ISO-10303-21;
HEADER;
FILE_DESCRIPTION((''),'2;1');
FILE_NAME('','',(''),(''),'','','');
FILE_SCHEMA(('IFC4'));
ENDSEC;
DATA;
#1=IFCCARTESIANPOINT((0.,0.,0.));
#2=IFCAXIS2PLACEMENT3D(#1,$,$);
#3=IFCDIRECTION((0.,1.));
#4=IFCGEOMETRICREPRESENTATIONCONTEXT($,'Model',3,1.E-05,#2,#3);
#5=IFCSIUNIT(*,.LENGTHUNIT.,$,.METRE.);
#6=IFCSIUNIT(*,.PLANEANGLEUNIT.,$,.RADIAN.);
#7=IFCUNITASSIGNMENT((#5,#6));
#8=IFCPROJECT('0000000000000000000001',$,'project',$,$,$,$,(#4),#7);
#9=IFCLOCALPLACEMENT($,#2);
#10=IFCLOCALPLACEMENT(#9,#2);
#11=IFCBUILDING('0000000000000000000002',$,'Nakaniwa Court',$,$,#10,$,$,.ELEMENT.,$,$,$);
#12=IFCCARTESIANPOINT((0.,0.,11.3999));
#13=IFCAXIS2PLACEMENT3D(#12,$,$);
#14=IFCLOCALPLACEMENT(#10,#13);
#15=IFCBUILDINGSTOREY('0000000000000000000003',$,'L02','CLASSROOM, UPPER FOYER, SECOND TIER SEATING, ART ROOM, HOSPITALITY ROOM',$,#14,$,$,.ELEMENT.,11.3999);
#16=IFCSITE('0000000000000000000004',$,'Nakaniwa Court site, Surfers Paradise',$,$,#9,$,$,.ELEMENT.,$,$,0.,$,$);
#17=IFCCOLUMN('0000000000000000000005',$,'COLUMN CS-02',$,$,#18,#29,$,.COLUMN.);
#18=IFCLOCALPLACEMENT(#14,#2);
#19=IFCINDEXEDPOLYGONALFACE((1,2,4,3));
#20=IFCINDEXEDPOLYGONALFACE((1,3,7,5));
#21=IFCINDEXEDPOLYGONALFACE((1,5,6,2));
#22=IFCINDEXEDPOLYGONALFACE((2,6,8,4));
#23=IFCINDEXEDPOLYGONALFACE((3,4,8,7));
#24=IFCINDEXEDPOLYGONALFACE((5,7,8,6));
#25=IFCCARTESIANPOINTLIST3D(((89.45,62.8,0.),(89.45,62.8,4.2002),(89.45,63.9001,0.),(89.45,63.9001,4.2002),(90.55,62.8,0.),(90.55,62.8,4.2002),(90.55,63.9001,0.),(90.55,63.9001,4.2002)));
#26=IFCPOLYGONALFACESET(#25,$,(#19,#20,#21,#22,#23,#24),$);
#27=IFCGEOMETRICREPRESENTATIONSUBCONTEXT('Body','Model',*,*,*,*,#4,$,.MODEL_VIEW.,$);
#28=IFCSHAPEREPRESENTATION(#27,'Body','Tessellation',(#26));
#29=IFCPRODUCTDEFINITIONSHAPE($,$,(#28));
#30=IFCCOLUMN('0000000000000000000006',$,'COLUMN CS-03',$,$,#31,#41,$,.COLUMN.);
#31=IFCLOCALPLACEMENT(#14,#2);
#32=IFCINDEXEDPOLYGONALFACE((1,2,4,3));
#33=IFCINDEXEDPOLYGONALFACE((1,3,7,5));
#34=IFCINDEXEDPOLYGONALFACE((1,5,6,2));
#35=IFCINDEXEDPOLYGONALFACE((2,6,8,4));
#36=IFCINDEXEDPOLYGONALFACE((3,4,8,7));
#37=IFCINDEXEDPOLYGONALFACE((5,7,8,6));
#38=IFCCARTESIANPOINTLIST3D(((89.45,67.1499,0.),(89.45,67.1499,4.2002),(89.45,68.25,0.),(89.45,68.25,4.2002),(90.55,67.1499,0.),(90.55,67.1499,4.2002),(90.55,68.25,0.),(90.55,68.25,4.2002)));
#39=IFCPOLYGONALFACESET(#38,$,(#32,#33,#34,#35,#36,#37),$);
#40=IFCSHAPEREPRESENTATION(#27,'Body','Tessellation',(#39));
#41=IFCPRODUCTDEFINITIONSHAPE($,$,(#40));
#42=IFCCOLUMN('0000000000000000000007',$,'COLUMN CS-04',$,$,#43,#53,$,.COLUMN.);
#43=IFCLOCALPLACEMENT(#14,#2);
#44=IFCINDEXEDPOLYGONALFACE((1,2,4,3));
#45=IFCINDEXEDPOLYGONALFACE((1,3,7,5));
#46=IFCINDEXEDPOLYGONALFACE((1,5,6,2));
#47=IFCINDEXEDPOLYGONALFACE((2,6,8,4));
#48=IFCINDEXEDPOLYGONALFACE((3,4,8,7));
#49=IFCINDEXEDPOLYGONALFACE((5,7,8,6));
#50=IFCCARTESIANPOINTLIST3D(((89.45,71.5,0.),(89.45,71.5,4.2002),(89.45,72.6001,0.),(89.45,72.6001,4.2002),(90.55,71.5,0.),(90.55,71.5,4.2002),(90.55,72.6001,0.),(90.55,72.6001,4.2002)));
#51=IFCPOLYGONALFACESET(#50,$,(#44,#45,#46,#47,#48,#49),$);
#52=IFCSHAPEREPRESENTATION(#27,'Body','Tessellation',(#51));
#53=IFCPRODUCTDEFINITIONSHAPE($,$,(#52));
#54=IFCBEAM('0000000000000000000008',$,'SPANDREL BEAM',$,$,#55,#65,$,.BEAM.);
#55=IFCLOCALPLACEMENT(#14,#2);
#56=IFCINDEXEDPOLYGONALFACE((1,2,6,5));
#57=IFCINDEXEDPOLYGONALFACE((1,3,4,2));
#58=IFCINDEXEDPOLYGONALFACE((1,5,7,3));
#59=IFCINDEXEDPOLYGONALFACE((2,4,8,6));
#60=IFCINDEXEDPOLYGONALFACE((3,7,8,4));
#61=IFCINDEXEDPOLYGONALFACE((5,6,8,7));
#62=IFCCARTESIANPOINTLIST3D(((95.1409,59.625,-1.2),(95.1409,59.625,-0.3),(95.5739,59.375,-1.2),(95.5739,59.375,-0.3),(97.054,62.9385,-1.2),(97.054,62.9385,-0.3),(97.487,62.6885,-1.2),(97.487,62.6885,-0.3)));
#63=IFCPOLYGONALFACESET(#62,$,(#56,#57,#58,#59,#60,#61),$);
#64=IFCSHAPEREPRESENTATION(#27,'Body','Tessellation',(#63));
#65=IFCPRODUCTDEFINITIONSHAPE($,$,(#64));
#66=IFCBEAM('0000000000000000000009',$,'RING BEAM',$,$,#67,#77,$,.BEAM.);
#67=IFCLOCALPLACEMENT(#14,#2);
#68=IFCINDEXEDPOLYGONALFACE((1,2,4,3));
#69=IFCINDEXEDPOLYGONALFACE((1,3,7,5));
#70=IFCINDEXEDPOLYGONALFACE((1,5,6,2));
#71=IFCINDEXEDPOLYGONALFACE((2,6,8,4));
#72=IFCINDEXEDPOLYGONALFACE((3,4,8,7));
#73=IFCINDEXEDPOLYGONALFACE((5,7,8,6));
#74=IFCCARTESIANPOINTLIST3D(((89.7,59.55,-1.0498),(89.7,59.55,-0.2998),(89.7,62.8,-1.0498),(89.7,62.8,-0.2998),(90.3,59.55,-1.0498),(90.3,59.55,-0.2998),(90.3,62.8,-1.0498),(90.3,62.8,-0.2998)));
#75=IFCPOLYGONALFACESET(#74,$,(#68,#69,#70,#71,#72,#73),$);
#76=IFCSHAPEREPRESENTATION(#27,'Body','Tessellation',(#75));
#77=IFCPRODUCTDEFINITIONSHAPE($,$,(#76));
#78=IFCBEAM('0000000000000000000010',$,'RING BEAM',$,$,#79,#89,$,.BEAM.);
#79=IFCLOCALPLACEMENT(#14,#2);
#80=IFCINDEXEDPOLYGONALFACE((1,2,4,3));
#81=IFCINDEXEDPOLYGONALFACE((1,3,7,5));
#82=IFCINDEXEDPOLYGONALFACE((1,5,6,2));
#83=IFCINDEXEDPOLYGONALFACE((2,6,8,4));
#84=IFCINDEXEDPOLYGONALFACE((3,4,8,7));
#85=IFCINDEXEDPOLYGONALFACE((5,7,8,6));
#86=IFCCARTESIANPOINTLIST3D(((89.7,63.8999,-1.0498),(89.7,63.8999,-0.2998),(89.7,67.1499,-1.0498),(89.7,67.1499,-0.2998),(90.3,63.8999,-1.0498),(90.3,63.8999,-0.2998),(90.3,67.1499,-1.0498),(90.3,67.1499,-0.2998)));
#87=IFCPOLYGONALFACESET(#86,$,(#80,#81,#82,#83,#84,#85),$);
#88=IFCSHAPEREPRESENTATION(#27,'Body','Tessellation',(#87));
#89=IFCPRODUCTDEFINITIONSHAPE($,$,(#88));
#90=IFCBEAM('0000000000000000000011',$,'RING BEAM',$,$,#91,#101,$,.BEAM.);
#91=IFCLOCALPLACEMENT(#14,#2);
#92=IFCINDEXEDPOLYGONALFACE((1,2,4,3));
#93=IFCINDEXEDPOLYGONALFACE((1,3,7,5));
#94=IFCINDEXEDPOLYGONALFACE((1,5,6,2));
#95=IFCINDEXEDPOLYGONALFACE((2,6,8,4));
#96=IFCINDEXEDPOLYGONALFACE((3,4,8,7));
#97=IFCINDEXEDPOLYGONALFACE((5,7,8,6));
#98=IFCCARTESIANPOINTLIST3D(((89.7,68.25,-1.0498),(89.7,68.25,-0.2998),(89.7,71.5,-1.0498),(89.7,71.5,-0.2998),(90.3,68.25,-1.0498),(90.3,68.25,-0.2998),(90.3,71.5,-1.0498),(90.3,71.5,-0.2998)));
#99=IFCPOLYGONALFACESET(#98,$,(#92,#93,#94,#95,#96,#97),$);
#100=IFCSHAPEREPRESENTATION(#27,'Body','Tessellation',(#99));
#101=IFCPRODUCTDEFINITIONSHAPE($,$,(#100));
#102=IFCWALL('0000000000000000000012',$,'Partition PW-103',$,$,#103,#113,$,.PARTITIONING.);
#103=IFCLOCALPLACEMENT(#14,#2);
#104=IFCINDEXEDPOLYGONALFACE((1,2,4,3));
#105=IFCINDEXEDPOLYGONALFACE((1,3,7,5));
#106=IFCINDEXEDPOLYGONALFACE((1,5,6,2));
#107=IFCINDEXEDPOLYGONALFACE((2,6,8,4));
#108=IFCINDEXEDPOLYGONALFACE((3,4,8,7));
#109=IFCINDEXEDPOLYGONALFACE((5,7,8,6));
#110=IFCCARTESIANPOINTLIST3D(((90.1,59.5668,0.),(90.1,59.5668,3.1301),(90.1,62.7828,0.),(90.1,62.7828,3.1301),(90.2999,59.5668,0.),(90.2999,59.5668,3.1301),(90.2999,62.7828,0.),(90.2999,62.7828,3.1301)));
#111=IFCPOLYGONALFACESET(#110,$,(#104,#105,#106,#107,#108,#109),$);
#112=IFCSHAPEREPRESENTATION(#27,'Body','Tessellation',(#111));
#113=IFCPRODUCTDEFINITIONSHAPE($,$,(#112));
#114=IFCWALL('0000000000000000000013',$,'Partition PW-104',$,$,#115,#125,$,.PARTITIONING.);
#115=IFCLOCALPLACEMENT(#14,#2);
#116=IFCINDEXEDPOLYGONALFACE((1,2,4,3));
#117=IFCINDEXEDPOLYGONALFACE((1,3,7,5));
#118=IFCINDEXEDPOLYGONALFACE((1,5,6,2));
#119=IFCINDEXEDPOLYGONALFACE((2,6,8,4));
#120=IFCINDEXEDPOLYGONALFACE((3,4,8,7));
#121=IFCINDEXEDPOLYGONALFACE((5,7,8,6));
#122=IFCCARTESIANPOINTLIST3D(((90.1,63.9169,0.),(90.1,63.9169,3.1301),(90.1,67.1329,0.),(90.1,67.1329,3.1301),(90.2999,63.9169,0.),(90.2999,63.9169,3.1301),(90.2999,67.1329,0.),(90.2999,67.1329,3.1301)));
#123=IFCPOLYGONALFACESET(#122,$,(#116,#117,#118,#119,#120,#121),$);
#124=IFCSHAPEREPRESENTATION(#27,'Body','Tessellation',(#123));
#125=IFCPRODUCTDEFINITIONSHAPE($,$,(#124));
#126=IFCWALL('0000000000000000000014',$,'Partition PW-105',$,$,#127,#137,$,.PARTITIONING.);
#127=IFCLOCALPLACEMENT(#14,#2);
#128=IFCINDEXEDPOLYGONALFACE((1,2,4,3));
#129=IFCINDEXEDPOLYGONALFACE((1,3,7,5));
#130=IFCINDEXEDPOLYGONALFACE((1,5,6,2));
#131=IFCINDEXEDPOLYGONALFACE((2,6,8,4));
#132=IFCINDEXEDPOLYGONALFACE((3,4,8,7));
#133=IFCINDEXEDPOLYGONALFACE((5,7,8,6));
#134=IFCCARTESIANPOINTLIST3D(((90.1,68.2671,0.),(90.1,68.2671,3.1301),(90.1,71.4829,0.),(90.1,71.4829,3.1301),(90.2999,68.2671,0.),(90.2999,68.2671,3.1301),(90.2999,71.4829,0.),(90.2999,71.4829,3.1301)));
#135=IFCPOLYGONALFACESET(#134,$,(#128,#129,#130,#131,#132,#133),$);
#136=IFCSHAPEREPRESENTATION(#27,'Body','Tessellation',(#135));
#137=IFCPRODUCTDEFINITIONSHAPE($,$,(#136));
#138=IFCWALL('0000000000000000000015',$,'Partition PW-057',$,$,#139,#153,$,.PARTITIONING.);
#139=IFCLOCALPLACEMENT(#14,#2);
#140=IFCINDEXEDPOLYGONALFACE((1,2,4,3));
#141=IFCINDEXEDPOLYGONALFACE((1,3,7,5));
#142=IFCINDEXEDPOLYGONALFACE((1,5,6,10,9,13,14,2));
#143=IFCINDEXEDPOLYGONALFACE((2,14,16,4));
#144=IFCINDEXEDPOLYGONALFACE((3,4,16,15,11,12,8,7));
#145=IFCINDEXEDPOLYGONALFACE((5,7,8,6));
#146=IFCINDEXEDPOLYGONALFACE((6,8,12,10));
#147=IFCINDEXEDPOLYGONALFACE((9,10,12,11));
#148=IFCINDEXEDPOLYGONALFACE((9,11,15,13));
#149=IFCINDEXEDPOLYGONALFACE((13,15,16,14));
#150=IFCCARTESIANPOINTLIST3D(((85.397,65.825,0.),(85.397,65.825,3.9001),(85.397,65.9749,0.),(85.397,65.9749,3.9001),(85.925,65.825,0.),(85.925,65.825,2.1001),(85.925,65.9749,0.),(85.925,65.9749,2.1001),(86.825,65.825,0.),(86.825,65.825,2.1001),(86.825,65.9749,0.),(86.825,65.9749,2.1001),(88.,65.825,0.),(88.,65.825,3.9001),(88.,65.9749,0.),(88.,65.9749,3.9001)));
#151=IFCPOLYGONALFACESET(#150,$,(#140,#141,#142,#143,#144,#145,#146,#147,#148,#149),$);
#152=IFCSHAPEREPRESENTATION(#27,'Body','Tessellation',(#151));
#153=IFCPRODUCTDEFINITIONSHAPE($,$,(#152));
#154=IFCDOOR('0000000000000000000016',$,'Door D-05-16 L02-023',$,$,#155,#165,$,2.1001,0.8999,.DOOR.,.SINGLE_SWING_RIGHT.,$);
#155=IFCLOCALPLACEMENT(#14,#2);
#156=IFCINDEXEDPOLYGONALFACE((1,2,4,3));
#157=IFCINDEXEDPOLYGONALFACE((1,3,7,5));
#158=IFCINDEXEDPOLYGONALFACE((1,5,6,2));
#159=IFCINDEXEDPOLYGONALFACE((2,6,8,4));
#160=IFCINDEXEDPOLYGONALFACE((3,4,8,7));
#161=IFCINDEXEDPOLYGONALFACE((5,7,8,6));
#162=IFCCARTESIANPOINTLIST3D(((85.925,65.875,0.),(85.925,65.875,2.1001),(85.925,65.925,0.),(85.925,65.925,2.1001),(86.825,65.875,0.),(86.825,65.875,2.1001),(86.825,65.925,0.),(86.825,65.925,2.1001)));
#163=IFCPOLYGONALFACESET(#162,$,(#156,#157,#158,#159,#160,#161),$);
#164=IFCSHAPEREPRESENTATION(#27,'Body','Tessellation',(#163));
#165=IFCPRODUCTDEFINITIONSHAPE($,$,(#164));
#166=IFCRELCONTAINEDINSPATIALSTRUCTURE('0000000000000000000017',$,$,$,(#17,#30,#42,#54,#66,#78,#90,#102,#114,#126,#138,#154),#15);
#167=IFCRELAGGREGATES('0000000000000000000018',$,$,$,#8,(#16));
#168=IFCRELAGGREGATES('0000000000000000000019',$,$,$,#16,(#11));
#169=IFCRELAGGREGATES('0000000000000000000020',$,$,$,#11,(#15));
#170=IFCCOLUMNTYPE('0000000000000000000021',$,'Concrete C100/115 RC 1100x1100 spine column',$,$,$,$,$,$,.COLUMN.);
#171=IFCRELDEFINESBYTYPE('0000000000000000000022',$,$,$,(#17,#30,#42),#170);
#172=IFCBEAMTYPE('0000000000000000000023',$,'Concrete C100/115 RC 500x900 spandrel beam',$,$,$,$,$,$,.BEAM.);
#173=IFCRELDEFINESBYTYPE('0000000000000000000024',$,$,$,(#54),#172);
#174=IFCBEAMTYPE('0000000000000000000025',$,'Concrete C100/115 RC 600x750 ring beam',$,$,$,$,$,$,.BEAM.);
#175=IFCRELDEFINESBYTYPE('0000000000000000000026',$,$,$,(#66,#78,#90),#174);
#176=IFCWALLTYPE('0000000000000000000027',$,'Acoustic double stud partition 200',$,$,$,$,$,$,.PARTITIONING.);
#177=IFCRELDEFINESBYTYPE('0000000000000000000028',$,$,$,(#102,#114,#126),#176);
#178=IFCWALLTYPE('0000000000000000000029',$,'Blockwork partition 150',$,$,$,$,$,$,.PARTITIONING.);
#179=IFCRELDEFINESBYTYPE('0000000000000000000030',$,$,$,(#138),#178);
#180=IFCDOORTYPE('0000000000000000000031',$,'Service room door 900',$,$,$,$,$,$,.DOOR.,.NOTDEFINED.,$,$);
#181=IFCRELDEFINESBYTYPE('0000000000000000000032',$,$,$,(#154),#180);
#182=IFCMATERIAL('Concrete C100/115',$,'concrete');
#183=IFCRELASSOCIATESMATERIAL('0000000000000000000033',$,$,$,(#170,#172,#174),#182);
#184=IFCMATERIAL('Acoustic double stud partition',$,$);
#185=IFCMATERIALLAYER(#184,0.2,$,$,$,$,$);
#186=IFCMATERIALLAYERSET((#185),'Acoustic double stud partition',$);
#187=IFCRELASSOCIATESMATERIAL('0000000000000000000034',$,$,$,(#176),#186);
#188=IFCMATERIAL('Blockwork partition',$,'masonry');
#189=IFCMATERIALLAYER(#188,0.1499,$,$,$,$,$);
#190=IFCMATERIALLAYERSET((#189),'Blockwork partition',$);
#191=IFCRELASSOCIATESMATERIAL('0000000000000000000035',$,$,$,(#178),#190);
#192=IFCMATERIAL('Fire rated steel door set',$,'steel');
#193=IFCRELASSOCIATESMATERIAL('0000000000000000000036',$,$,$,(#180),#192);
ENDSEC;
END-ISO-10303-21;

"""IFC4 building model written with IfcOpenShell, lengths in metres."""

from ifc_helpers import new_model, si_unit, direction, frame, frame_2d, origin, origin_2d, place, context, subcontext, project, spatial, rectangle, extrude, material, layer, layer_set, material_profile, profile_set, type_object, element, fill, save


model = new_model("IFC4")

# Units and contexts
model_context = context("Model", 3, precision=1e-05, world=origin(), true_north=direction((0.0, 1.0)))
body_context = subcontext(model_context, "Body", "Model", "MODEL_VIEW")
ifc_project = project(units=[si_unit("LENGTHUNIT", "METRE"), si_unit("PLANEANGLEUNIT", "RADIAN")], contexts=[model_context])

# Site, building, storey
site_placement = place(None, origin())
site = spatial("IfcSite", under=ifc_project, at=site_placement, Name="Nakaniwa Court site, Surfers Paradise", CompositionType="ELEMENT", RefElevation=0.0)
building_placement = place(site_placement, origin())
building = spatial("IfcBuilding", under=site, at=building_placement, Name="Nakaniwa Court", CompositionType="ELEMENT")
storey_placement = place(building_placement, frame((0.0, 0.0, 11.3999)))
storey = spatial("IfcBuildingStorey", under=building, at=storey_placement, Name="L02", Description="CLASSROOM, UPPER FOYER, SECOND TIER SEATING, ART ROOM, HOSPITALITY ROOM", CompositionType="ELEMENT", Elevation=11.3999)

# Columns
ifc_material_1 = material(Name="Concrete C100/115", Category="concrete")
ifc_material_profile_1 = material_profile(ifc_material_1, rectangle(XDim=1.1001, YDim=1.1001, at=origin_2d()), Name="Concrete C100/115 RC 1100x1100 spine column")
ifc_profile_set_1 = profile_set([ifc_material_profile_1], Name="Concrete C100/115")
column_type = type_object("IfcColumnType", Name="Concrete C100/115 RC 1100x1100 spine column", PredefinedType="COLUMN", material=ifc_profile_set_1)
for number, where, z_axis, x_axis, name in (
    (1, (90.0, 63.3501, 0.0), (0.0, 0.0, 1.0), (0.0, 1.0, 0.0), "COLUMN CS-02"),
    (2, (90.0, 67.7, 0.0), (0.0, 0.0, 1.0), (0.0, 1.0, 0.0), "COLUMN CS-03"),
    (3, (90.0, 72.05, 0.0), (0.0, 0.0, 1.0), (0.0, 1.0, 0.0), "COLUMN CS-04"),
):
    element("IfcColumn", number, at=place(storey_placement, frame(where, z_axis=z_axis, x_axis=x_axis)), inside=storey, type_object=column_type, Name=name, PredefinedType="COLUMN", context=body_context, shape_type="SweptSolid", body=[
        extrude(rectangle(XDim=1.1001, YDim=1.1001, at=origin_2d()), origin(), (0.0, 0.0, 1.0), 4.2002),
    ])

# Beams
ifc_material_profile_2 = material_profile(ifc_material_1, rectangle(XDim=0.5, YDim=0.8999, at=origin_2d()), Name="Concrete C100/115 RC 500x900 spandrel beam")
ifc_profile_set_2 = profile_set([ifc_material_profile_2], Name="Concrete C100/115")
beam_type_1 = type_object("IfcBeamType", Name="Concrete C100/115 RC 500x900 spandrel beam", PredefinedType="BEAM", material=ifc_profile_set_2)
beam_placement = place(storey_placement, frame((95.3574, 59.5, -0.75), z_axis=(0.50001, 0.86602, 0.0), x_axis=(-0.86602, 0.50001, 0.0)))
element("IfcBeam", 4, at=beam_placement, inside=storey, type_object=beam_type_1, Name="SPANDREL BEAM", PredefinedType="BEAM", context=body_context, shape_type="SweptSolid", body=[
    extrude(rectangle(XDim=0.5, YDim=0.8999, at=origin_2d()), origin(), (0.0, 0.0, 1.0), 3.8262),
])
ifc_material_profile_3 = material_profile(ifc_material_1, rectangle(XDim=0.6001, YDim=0.75, at=origin_2d()), Name="Concrete C100/115 RC 600x750 ring beam")
ifc_profile_set_3 = profile_set([ifc_material_profile_3], Name="Concrete C100/115")
beam_type_2 = type_object("IfcBeamType", Name="Concrete C100/115 RC 600x750 ring beam", PredefinedType="BEAM", material=ifc_profile_set_3)
for number, where, z_axis, x_axis, name in (
    (5, (90.0, 59.55, -0.6748), (0.0, 1.0, 0.0), (-1.0, 0.0, 0.0), "RING BEAM"),
    (6, (90.0, 63.8999, -0.6748), (0.0, 1.0, 0.0), (-1.0, 0.0, 0.0), "RING BEAM"),
    (7, (90.0, 68.25, -0.6748), (0.0, 1.0, 0.0), (-1.0, 0.0, 0.0), "RING BEAM"),
):
    element("IfcBeam", number, at=place(storey_placement, frame(where, z_axis=z_axis, x_axis=x_axis)), inside=storey, type_object=beam_type_2, Name=name, PredefinedType="BEAM", context=body_context, shape_type="SweptSolid", body=[
        extrude(rectangle(XDim=0.6001, YDim=0.75, at=origin_2d()), origin(), (0.0, 0.0, 1.0), 3.25),
    ])

# Walls
ifc_material_2 = material(Name="Acoustic double stud partition")
ifc_layer_1 = layer(ifc_material_2, 0.2)
ifc_layer_set_1 = layer_set([ifc_layer_1], Name="Acoustic double stud partition")
wall_type_1 = type_object("IfcWallType", Name="Acoustic double stud partition 200", PredefinedType="PARTITIONING", material=ifc_layer_set_1)
for number, where, z_axis, x_axis, name in (
    (8, (90.2, 59.5669, 0.0), (0.0, 0.0, 1.0), (0.0, 1.0, 0.0), "Partition PW-103"),
    (9, (90.2, 63.917, 0.0), (0.0, 0.0, 1.0), (0.0, 1.0, 0.0), "Partition PW-104"),
):
    element("IfcWall", number, at=place(storey_placement, frame(where, z_axis=z_axis, x_axis=x_axis)), inside=storey, type_object=wall_type_1, Name=name, PredefinedType="PARTITIONING", context=body_context, shape_type="SweptSolid", body=[
        extrude(rectangle(XDim=3.2161, YDim=0.2, at=frame_2d((1.6079, 0.0))), origin(), (0.0, 0.0, 1.0), 3.1301),
    ])
wall_1_placement = place(storey_placement, frame((90.2, 68.2671, 0.0), z_axis=(0.0, 0.0, 1.0), x_axis=(0.0, 1.0, 0.0)))
element("IfcWall", 10, at=wall_1_placement, inside=storey, type_object=wall_type_1, Name="Partition PW-105", PredefinedType="PARTITIONING", context=body_context, shape_type="SweptSolid", body=[
    extrude(rectangle(XDim=3.2158, YDim=0.2, at=frame_2d((1.6079, 0.0))), origin(), (0.0, 0.0, 1.0), 3.1301),
])

# Wall, opening, door
ifc_material_3 = material(Name="Blockwork partition", Category="masonry")
ifc_layer_2 = layer(ifc_material_3, 0.1499)
ifc_layer_set_2 = layer_set([ifc_layer_2], Name="Blockwork partition")
wall_type_2 = type_object("IfcWallType", Name="Blockwork partition 150", PredefinedType="PARTITIONING", material=ifc_layer_set_2)
wall_2_placement = place(storey_placement, frame((88.0, 65.8999, 0.0), z_axis=(0.0, 0.0, 1.0), x_axis=(-1.0, 0.0, 0.0)))
wall_2 = element("IfcWall", 11, at=wall_2_placement, inside=storey, type_object=wall_type_2, Name="Partition PW-057", PredefinedType="PARTITIONING", context=body_context, shape_type="SweptSolid", body=[
    extrude(rectangle(XDim=2.603, YDim=0.1499, at=frame_2d((1.3015, 0.0))), origin(), (0.0, 0.0, 1.0), 3.9001),
])
opening_1_placement = place(wall_2_placement, frame((1.175, 0.0, 0.0)))
opening_1 = element("IfcOpeningElement", 12, at=opening_1_placement, cuts=wall_2, PredefinedType="OPENING", context=body_context, shape_type="SweptSolid", body=[
    extrude(rectangle(XDim=0.8999, YDim=2.1001, at=frame_2d((0.45, 1.05))), frame((0.0, 0.085, 0.0), z_axis=(0.0, -1.0, 0.0), x_axis=(1.0, 0.0, 0.0)), (0.0, 0.0, 1.0), 0.1699),
])
ifc_material_4 = material(Name="Fire rated steel door set", Category="steel")
door_type_1 = type_object("IfcDoorType", Name="Service room door 900", OperationType="NOTDEFINED", PredefinedType="DOOR", material=ifc_material_4)
door_1_placement = place(opening_1_placement, origin())
door_1 = element("IfcDoor", 13, at=door_1_placement, inside=storey, type_object=door_type_1, Name="Door D-05-16 L02-023", OperationType="SINGLE_SWING_RIGHT", OverallHeight=2.1001, OverallWidth=0.8999, PredefinedType="DOOR", context=body_context, shape_type="SweptSolid", body=[
    extrude(rectangle(XDim=0.8999, YDim=2.1001, at=frame_2d((0.45, 1.05))), frame((0.0, 0.0249, 0.0), z_axis=(0.0, -1.0, 0.0), x_axis=(1.0, 0.0, 0.0)), (0.0, 0.0, 1.0), 0.05),
])
fill(opening_1, door_1)

save(model, "model.ifc")
